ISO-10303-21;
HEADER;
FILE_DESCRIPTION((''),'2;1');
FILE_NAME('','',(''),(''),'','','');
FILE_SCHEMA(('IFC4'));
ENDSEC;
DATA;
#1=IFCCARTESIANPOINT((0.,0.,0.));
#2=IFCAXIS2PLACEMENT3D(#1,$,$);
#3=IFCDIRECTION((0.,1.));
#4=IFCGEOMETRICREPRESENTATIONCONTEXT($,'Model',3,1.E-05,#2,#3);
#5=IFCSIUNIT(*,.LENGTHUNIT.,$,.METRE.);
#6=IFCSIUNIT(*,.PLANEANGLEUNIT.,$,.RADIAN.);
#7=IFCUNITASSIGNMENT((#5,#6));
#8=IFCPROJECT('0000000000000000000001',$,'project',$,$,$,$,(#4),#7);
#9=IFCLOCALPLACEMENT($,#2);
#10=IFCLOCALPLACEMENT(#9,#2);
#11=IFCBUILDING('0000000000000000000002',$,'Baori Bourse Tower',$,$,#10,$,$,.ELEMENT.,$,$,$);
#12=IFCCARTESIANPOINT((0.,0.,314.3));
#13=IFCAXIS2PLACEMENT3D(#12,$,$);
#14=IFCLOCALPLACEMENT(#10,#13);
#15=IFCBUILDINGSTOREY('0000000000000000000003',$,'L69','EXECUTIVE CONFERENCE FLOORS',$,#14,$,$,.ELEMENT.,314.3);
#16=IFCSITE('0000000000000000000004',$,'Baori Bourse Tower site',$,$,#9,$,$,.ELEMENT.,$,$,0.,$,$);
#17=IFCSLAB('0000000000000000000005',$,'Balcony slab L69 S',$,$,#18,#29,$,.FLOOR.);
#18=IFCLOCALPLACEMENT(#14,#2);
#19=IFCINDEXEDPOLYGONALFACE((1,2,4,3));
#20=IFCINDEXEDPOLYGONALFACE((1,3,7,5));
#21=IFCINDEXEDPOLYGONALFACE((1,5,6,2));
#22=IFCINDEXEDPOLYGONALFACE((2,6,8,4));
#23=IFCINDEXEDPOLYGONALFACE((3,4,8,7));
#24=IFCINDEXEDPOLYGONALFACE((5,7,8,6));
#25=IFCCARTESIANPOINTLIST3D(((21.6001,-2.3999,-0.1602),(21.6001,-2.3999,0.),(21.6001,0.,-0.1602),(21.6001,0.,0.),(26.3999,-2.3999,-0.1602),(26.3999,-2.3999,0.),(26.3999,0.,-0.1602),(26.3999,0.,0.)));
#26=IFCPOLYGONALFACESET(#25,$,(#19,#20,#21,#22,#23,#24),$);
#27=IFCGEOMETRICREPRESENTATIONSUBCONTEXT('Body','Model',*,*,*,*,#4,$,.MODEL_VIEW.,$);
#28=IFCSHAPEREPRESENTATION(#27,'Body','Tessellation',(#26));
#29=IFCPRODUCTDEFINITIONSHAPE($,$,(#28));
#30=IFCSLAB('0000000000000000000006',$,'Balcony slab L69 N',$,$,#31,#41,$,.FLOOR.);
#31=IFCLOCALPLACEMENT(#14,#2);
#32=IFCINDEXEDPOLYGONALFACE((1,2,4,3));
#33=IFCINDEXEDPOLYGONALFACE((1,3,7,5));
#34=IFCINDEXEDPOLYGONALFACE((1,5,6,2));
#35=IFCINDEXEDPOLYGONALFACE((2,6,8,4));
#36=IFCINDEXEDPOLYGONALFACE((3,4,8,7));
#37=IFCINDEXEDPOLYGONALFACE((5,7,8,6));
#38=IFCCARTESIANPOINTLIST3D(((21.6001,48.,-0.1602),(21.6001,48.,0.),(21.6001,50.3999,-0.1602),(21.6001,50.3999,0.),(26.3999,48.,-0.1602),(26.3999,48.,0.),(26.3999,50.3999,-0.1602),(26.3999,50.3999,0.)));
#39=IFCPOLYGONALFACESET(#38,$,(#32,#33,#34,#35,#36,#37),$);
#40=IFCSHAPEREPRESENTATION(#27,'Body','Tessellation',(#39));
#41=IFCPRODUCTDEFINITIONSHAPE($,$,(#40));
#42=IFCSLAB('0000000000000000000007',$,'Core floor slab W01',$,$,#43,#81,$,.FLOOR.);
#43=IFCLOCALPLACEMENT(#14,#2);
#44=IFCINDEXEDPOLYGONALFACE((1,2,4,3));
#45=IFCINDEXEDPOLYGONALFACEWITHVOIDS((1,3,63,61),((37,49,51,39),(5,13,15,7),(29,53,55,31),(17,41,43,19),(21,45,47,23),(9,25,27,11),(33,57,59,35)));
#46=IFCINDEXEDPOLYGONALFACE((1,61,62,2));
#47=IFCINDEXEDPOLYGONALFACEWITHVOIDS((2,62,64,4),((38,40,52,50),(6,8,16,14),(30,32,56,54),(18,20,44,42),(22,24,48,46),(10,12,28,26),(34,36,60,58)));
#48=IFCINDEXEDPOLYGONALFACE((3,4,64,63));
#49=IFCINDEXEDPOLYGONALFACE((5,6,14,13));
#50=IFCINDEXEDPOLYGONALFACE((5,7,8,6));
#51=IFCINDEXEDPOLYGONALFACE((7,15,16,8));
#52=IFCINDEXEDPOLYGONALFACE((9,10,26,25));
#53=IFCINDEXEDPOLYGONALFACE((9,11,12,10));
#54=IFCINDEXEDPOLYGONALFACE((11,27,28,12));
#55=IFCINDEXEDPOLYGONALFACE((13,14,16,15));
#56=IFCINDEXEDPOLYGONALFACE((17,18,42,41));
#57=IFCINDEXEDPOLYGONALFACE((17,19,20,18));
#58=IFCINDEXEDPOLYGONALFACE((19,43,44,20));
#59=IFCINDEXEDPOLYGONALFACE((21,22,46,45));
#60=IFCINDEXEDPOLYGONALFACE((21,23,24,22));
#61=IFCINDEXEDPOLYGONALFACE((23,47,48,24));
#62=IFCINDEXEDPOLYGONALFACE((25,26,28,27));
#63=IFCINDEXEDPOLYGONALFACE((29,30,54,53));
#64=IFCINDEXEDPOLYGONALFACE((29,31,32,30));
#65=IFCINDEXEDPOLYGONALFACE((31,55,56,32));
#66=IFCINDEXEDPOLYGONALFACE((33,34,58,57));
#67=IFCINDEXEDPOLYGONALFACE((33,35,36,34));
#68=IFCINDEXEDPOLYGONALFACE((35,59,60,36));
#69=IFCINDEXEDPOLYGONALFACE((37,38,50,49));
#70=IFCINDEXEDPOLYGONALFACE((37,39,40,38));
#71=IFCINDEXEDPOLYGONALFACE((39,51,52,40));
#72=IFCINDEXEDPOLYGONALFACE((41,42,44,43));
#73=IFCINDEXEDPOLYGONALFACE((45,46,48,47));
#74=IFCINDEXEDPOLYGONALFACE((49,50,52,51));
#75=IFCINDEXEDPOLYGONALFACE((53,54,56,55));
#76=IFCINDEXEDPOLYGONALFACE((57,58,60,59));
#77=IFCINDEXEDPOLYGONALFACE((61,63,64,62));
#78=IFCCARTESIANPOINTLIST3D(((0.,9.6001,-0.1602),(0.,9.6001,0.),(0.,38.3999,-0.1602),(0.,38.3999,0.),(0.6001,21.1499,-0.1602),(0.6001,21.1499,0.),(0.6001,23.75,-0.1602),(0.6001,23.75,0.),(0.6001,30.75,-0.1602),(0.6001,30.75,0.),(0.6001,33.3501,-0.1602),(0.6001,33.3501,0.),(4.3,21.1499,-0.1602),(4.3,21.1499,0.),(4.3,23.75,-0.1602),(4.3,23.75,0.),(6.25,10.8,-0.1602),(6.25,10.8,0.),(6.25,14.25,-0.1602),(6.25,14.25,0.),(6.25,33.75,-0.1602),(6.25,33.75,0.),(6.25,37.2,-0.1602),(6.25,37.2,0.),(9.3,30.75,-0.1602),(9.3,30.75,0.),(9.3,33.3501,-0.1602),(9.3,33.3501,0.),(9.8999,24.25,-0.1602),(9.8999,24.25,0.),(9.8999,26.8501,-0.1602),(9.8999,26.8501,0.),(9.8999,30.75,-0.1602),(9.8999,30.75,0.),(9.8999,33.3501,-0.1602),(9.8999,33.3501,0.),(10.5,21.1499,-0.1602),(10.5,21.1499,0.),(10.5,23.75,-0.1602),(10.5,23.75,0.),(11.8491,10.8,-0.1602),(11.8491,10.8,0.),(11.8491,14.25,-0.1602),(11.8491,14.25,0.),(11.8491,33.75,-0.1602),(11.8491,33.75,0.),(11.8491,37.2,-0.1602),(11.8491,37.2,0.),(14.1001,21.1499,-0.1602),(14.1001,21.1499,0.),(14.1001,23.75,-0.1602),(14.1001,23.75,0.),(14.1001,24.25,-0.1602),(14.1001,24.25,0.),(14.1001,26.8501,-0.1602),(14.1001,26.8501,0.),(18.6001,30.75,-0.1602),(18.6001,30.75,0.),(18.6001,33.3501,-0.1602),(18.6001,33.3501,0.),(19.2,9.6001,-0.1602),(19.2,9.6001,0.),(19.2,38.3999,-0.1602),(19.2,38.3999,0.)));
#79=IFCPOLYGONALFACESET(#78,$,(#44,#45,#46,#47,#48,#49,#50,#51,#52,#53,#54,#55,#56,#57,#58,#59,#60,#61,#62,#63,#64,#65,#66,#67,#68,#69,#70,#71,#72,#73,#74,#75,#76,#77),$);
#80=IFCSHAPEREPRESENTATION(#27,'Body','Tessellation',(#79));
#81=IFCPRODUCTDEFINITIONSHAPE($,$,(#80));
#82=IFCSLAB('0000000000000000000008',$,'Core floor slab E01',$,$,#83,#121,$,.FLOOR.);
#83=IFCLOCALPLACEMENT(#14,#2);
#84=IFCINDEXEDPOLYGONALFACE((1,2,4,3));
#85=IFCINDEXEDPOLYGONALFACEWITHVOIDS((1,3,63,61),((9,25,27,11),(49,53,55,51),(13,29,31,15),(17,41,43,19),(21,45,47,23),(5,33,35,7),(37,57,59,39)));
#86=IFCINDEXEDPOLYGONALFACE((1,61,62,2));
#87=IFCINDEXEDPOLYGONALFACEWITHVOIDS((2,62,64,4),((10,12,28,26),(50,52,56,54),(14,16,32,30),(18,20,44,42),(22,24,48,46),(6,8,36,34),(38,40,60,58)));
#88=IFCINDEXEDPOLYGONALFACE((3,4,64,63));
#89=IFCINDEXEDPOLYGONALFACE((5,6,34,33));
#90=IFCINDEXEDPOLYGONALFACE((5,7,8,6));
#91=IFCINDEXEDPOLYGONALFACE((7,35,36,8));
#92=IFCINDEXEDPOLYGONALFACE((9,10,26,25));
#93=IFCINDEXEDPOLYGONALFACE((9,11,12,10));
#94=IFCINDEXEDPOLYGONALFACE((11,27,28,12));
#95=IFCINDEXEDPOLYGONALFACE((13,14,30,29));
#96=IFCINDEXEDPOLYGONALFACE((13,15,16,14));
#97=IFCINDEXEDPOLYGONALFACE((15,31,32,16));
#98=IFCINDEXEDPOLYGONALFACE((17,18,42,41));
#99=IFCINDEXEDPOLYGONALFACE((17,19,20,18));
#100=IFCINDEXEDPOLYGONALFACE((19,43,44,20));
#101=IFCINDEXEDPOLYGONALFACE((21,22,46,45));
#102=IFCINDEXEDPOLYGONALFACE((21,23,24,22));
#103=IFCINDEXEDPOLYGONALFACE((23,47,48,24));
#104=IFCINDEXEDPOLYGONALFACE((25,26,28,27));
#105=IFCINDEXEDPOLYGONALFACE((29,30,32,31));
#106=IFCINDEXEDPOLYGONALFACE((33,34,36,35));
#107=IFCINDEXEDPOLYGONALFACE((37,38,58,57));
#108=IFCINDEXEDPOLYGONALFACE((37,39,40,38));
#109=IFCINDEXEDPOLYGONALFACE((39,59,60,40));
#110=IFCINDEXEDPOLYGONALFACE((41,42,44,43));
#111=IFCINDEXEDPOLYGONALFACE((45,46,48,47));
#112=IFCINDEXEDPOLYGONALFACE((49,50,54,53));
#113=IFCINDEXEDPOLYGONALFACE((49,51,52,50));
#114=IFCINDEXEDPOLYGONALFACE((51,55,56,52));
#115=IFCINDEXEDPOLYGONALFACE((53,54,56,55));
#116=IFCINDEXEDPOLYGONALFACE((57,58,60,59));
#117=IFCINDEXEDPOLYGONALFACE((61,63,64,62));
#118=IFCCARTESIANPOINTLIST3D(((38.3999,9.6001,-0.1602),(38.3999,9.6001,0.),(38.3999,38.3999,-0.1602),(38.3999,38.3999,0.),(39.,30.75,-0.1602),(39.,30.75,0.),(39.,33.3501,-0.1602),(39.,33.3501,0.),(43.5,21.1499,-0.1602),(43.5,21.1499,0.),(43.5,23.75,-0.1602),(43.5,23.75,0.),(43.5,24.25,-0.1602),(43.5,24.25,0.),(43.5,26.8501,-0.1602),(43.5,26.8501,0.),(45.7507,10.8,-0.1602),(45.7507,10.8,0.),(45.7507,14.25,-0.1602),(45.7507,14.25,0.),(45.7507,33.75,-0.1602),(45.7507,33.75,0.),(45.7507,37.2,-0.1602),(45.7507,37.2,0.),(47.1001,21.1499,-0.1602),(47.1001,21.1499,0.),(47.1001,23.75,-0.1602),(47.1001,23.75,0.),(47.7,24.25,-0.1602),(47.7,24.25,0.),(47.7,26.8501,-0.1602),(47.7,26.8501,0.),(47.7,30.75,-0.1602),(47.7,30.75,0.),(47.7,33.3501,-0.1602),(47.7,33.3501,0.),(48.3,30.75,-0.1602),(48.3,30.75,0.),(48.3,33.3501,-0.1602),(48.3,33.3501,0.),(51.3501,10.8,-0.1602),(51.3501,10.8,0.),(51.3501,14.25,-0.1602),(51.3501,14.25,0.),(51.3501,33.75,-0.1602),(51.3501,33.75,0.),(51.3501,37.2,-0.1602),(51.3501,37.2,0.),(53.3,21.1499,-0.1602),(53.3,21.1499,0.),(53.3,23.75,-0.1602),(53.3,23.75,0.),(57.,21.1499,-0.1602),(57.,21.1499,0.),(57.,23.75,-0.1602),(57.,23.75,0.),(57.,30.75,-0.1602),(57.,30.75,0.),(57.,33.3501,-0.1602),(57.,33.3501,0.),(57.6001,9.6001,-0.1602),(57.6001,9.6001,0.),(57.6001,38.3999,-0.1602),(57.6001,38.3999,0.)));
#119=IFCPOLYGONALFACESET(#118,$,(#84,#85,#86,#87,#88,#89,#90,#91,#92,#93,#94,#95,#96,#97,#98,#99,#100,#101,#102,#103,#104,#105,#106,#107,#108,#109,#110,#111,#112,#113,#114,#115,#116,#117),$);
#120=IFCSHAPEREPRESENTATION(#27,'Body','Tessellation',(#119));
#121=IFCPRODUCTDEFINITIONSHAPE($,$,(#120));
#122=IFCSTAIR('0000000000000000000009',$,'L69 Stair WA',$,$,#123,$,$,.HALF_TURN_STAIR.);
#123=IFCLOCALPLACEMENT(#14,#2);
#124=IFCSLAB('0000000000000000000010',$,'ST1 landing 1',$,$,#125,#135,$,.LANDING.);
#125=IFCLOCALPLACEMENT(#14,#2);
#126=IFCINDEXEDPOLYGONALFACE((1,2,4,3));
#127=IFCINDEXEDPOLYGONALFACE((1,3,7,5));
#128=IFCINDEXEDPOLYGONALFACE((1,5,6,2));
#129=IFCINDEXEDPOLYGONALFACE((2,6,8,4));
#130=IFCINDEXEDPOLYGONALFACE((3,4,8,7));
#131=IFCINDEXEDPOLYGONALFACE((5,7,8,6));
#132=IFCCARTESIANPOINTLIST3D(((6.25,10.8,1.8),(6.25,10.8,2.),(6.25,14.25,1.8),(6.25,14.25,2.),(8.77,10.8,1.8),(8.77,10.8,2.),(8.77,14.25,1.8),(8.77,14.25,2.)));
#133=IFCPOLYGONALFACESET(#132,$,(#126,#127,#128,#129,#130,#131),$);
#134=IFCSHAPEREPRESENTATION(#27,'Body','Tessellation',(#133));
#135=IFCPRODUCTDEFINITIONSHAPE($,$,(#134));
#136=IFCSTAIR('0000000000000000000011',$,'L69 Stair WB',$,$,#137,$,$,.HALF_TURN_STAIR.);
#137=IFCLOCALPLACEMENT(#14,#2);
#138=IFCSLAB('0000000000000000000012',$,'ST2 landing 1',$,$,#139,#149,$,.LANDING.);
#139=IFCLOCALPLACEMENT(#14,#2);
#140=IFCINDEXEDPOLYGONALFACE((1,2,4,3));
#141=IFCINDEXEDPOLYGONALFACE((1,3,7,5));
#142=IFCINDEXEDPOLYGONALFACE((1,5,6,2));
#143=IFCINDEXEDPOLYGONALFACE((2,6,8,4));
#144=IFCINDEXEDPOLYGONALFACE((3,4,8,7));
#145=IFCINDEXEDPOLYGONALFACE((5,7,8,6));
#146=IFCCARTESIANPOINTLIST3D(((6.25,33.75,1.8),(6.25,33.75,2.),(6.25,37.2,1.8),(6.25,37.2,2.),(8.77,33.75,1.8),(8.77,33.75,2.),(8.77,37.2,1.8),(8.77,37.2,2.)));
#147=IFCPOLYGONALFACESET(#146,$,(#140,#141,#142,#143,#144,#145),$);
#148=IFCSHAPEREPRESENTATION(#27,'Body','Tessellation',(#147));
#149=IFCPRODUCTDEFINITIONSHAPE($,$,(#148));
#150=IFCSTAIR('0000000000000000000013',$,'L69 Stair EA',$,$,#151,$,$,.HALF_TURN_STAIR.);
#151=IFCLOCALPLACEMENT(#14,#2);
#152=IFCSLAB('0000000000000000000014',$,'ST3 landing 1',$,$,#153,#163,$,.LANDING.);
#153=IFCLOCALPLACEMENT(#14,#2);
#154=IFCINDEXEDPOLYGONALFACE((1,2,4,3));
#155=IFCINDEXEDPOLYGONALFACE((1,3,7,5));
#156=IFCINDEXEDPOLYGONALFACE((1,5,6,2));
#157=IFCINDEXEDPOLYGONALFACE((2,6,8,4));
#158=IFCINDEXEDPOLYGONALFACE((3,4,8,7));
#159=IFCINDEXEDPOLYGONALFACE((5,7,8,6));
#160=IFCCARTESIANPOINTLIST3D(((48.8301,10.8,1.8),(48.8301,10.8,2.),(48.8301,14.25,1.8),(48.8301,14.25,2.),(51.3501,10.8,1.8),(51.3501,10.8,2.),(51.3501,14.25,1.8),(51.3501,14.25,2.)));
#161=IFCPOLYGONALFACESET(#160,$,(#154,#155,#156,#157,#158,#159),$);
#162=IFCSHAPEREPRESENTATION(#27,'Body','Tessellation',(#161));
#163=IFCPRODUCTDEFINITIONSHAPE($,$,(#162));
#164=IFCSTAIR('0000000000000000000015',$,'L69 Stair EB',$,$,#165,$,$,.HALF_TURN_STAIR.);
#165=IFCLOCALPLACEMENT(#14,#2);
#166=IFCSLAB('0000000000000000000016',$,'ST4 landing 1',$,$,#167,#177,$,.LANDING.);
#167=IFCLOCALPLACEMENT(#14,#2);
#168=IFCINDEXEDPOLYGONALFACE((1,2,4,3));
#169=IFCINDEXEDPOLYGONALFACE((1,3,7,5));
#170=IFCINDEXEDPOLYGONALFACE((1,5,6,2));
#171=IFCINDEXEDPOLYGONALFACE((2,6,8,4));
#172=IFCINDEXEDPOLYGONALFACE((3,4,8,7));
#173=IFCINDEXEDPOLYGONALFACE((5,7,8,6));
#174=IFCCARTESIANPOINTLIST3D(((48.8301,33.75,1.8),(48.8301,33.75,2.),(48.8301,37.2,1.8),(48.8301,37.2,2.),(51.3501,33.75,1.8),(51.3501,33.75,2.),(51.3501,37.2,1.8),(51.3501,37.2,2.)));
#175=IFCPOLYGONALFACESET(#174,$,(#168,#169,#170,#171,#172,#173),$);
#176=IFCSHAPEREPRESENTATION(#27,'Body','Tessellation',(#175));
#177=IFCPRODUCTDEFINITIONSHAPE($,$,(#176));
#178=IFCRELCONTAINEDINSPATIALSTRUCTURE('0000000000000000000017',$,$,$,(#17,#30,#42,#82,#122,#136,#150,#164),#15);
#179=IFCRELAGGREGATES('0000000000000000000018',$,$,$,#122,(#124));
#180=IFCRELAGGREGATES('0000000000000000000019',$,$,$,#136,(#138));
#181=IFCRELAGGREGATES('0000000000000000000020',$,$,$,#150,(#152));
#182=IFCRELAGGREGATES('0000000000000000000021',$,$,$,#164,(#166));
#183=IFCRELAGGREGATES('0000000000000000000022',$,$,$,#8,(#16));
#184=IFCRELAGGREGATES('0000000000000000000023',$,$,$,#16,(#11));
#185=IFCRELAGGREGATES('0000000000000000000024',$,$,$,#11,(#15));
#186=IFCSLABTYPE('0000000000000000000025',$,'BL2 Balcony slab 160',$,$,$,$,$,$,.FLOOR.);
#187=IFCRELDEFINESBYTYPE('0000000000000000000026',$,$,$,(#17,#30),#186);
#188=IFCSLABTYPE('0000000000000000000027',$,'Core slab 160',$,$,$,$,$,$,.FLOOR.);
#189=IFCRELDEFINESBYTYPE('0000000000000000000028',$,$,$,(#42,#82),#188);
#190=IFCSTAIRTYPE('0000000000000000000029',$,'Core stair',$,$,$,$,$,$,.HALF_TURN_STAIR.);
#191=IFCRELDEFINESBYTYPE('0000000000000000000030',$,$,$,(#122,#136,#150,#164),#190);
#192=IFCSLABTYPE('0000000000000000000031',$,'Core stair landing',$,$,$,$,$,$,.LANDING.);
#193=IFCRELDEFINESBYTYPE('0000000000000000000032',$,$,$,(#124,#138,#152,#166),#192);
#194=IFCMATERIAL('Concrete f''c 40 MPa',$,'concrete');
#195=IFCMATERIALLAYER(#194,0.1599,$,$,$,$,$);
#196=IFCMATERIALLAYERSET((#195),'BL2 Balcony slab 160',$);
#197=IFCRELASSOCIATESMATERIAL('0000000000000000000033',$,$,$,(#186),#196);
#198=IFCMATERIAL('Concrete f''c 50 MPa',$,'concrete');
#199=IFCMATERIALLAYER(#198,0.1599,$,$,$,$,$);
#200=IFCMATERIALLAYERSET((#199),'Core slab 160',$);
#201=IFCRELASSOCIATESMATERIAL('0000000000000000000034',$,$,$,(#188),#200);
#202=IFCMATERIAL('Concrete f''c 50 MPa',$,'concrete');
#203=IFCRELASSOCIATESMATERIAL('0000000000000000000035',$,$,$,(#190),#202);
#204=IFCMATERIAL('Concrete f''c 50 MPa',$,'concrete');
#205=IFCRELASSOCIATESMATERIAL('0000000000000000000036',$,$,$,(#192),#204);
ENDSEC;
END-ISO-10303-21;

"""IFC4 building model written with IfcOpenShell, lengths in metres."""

from ifc_helpers import new_model, si_unit, direction, frame, origin, place, context, subcontext, project, spatial, polyline, outline, extrude, material, layer, layer_set, type_object, element, aggregate, save


model = new_model("IFC4")

# Units and contexts
model_context = context("Model", 3, precision=1e-05, world=origin(), true_north=direction((0.0, 1.0)))
body_context = subcontext(model_context, "Body", "Model", "MODEL_VIEW")
ifc_project = project(units=[si_unit("LENGTHUNIT", "METRE"), si_unit("PLANEANGLEUNIT", "RADIAN")], contexts=[model_context])

# Site, building, storey
site_placement = place(None, origin())
site = spatial("IfcSite", under=ifc_project, at=site_placement, Name="Baori Bourse Tower site", CompositionType="ELEMENT", RefElevation=0.0)
building_placement = place(site_placement, origin())
building = spatial("IfcBuilding", under=site, at=building_placement, Name="Baori Bourse Tower", CompositionType="ELEMENT")
storey_placement = place(building_placement, frame((0.0, 0.0, 314.3)))
storey = spatial("IfcBuildingStorey", under=building, at=storey_placement, Name="L69", Description="EXECUTIVE CONFERENCE FLOORS", CompositionType="ELEMENT", Elevation=314.3)

# Slabs
ifc_material_1 = material(Name="Concrete f'c 40 MPa", Category="concrete")
ifc_layer_1 = layer(ifc_material_1, 0.1599)
ifc_layer_set_1 = layer_set([ifc_layer_1], Name="BL2 Balcony slab 160")
slab_type_1 = type_object("IfcSlabType", Name="BL2 Balcony slab 160", PredefinedType="FLOOR", material=ifc_layer_set_1)
slab_1_placement = place(storey_placement, frame((0.0, 0.0, -0.1602)))
element("IfcSlab", 1, at=slab_1_placement, inside=storey, type_object=slab_type_1, Name="Balcony slab L69 S", PredefinedType="FLOOR", context=body_context, shape_type="SweptSolid", body=[
    extrude(outline(polyline([(21.6001, 0.0), (21.6001, -2.3999), (26.3999, -2.3999), (26.3999, 0.0), (21.6001, 0.0)])), origin(), (0.0, 0.0, 1.0), 0.1602),
])
slab_2_placement = place(storey_placement, frame((0.0, 0.0, -0.1602)))
element("IfcSlab", 2, at=slab_2_placement, inside=storey, type_object=slab_type_1, Name="Balcony slab L69 N", PredefinedType="FLOOR", context=body_context, shape_type="SweptSolid", body=[
    extrude(outline(polyline([(21.6001, 48.0), (26.3999, 48.0), (26.3999, 50.3999), (21.6001, 50.3999), (21.6001, 48.0)])), origin(), (0.0, 0.0, 1.0), 0.1602),
])
ifc_material_2 = material(Name="Concrete f'c 50 MPa", Category="concrete")
ifc_layer_2 = layer(ifc_material_2, 0.1599)
ifc_layer_set_2 = layer_set([ifc_layer_2], Name="Core slab 160")
slab_type_2 = type_object("IfcSlabType", Name="Core slab 160", PredefinedType="FLOOR", material=ifc_layer_set_2)
slab_3_placement = place(storey_placement, frame((0.0, 0.0, -0.1602)))
element("IfcSlab", 3, at=slab_3_placement, inside=storey, type_object=slab_type_2, Name="Core floor slab W01", PredefinedType="FLOOR", context=body_context, shape_type="SweptSolid", body=[
    extrude(outline(polyline([(19.2, 38.3999), (0.0, 38.3999), (0.0, 9.6001), (19.2, 9.6001), (19.2, 38.3999)]), holes=[polyline([(9.8999, 33.3501), (18.6001, 33.3501), (18.6001, 30.75), (9.8999, 30.75), (9.8999, 33.3501)]), polyline([(10.5, 21.1499), (10.5, 23.75), (14.1001, 23.75), (14.1001, 21.1499), (10.5, 21.1499)]), polyline([(14.1001, 24.25), (9.8999, 24.25), (9.8999, 26.8501), (14.1001, 26.8501), (14.1001, 24.25)]), polyline([(6.25, 14.25), (11.8491, 14.25), (11.8491, 10.8), (6.25, 10.8), (6.25, 14.25)]), polyline([(11.8491, 37.2), (11.8491, 33.75), (6.25, 33.75), (6.25, 37.2), (11.8491, 37.2)]), polyline([(0.6001, 30.75), (0.6001, 33.3501), (9.3, 33.3501), (9.3, 30.75), (0.6001, 30.75)]), polyline([(4.3, 23.75), (4.3, 21.1499), (0.6001, 21.1499), (0.6001, 23.75), (4.3, 23.75)])]), origin(), (0.0, 0.0, 1.0), 0.1602),
])
slab_4_placement = place(storey_placement, frame((0.0, 0.0, -0.1602)))
element("IfcSlab", 4, at=slab_4_placement, inside=storey, type_object=slab_type_2, Name="Core floor slab E01", PredefinedType="FLOOR", context=body_context, shape_type="SweptSolid", body=[
    extrude(outline(polyline([(57.6001, 9.6001), (57.6001, 38.3999), (38.3999, 38.3999), (38.3999, 9.6001), (57.6001, 9.6001)]), holes=[polyline([(48.3, 33.3501), (57.0, 33.3501), (57.0, 30.75), (48.3, 30.75), (48.3, 33.3501)]), polyline([(57.0, 21.1499), (53.3, 21.1499), (53.3, 23.75), (57.0, 23.75), (57.0, 21.1499)]), polyline([(45.7507, 14.25), (51.3501, 14.25), (51.3501, 10.8), (45.7507, 10.8), (45.7507, 14.25)]), polyline([(51.3501, 37.2), (51.3501, 33.75), (45.7507, 33.75), (45.7507, 37.2), (51.3501, 37.2)]), polyline([(43.5, 24.25), (43.5, 26.8501), (47.7, 26.8501), (47.7, 24.25), (43.5, 24.25)]), polyline([(47.7, 33.3501), (47.7, 30.75), (39.0, 30.75), (39.0, 33.3501), (47.7, 33.3501)]), polyline([(43.5, 23.75), (47.1001, 23.75), (47.1001, 21.1499), (43.5, 21.1499), (43.5, 23.75)])]), origin(), (0.0, 0.0, 1.0), 0.1602),
])

# Stairs, slabs
ifc_material_3 = material(Name="Concrete f'c 50 MPa", Category="concrete")
stair_type = type_object("IfcStairType", Name="Core stair", PredefinedType="HALF_TURN_STAIR", material=ifc_material_3)
stair_1_placement = place(storey_placement, origin())
stair_1 = element("IfcStair", 5, at=stair_1_placement, inside=storey, type_object=stair_type, Name="L69 Stair WA", PredefinedType="HALF_TURN_STAIR")
ifc_material_4 = material(Name="Concrete f'c 50 MPa", Category="concrete")
slab_type_3 = type_object("IfcSlabType", Name="Core stair landing", PredefinedType="LANDING", material=ifc_material_4)
slab_5_placement = place(storey_placement, frame((0.0, 0.0, 1.8)))
slab_5 = element("IfcSlab", 6, at=slab_5_placement, type_object=slab_type_3, Name="ST1 landing 1", PredefinedType="LANDING", context=body_context, shape_type="SweptSolid", body=[
    extrude(outline(polyline([(8.77, 14.25), (6.25, 14.25), (6.25, 10.8), (8.77, 10.8), (8.77, 14.25)])), origin(), (0.0, 0.0, 1.0), 0.2),
])
aggregate(stair_1, [slab_5])
stair_2_placement = place(storey_placement, origin())
stair_2 = element("IfcStair", 7, at=stair_2_placement, inside=storey, type_object=stair_type, Name="L69 Stair WB", PredefinedType="HALF_TURN_STAIR")
slab_6_placement = place(storey_placement, frame((0.0, 0.0, 1.8)))
slab_6 = element("IfcSlab", 8, at=slab_6_placement, type_object=slab_type_3, Name="ST2 landing 1", PredefinedType="LANDING", context=body_context, shape_type="SweptSolid", body=[
    extrude(outline(polyline([(8.77, 37.2), (6.25, 37.2), (6.25, 33.75), (8.77, 33.75), (8.77, 37.2)])), origin(), (0.0, 0.0, 1.0), 0.2),
])
aggregate(stair_2, [slab_6])
stair_3_placement = place(storey_placement, origin())
stair_3 = element("IfcStair", 9, at=stair_3_placement, inside=storey, type_object=stair_type, Name="L69 Stair EA", PredefinedType="HALF_TURN_STAIR")
slab_7_placement = place(storey_placement, frame((0.0, 0.0, 1.8)))
slab_7 = element("IfcSlab", 10, at=slab_7_placement, type_object=slab_type_3, Name="ST3 landing 1", PredefinedType="LANDING", context=body_context, shape_type="SweptSolid", body=[
    extrude(outline(polyline([(48.8301, 10.8), (51.3501, 10.8), (51.3501, 14.25), (48.8301, 14.25), (48.8301, 10.8)])), origin(), (0.0, 0.0, 1.0), 0.2),
])
aggregate(stair_3, [slab_7])
stair_4_placement = place(storey_placement, origin())
stair_4 = element("IfcStair", 11, at=stair_4_placement, inside=storey, type_object=stair_type, Name="L69 Stair EB", PredefinedType="HALF_TURN_STAIR")
slab_8_placement = place(storey_placement, frame((0.0, 0.0, 1.8)))
slab_8 = element("IfcSlab", 12, at=slab_8_placement, type_object=slab_type_3, Name="ST4 landing 1", PredefinedType="LANDING", context=body_context, shape_type="SweptSolid", body=[
    extrude(outline(polyline([(48.8301, 33.75), (51.3501, 33.75), (51.3501, 37.2), (48.8301, 37.2), (48.8301, 33.75)])), origin(), (0.0, 0.0, 1.0), 0.2),
])
aggregate(stair_4, [slab_8])

save(model, "model.ifc")
